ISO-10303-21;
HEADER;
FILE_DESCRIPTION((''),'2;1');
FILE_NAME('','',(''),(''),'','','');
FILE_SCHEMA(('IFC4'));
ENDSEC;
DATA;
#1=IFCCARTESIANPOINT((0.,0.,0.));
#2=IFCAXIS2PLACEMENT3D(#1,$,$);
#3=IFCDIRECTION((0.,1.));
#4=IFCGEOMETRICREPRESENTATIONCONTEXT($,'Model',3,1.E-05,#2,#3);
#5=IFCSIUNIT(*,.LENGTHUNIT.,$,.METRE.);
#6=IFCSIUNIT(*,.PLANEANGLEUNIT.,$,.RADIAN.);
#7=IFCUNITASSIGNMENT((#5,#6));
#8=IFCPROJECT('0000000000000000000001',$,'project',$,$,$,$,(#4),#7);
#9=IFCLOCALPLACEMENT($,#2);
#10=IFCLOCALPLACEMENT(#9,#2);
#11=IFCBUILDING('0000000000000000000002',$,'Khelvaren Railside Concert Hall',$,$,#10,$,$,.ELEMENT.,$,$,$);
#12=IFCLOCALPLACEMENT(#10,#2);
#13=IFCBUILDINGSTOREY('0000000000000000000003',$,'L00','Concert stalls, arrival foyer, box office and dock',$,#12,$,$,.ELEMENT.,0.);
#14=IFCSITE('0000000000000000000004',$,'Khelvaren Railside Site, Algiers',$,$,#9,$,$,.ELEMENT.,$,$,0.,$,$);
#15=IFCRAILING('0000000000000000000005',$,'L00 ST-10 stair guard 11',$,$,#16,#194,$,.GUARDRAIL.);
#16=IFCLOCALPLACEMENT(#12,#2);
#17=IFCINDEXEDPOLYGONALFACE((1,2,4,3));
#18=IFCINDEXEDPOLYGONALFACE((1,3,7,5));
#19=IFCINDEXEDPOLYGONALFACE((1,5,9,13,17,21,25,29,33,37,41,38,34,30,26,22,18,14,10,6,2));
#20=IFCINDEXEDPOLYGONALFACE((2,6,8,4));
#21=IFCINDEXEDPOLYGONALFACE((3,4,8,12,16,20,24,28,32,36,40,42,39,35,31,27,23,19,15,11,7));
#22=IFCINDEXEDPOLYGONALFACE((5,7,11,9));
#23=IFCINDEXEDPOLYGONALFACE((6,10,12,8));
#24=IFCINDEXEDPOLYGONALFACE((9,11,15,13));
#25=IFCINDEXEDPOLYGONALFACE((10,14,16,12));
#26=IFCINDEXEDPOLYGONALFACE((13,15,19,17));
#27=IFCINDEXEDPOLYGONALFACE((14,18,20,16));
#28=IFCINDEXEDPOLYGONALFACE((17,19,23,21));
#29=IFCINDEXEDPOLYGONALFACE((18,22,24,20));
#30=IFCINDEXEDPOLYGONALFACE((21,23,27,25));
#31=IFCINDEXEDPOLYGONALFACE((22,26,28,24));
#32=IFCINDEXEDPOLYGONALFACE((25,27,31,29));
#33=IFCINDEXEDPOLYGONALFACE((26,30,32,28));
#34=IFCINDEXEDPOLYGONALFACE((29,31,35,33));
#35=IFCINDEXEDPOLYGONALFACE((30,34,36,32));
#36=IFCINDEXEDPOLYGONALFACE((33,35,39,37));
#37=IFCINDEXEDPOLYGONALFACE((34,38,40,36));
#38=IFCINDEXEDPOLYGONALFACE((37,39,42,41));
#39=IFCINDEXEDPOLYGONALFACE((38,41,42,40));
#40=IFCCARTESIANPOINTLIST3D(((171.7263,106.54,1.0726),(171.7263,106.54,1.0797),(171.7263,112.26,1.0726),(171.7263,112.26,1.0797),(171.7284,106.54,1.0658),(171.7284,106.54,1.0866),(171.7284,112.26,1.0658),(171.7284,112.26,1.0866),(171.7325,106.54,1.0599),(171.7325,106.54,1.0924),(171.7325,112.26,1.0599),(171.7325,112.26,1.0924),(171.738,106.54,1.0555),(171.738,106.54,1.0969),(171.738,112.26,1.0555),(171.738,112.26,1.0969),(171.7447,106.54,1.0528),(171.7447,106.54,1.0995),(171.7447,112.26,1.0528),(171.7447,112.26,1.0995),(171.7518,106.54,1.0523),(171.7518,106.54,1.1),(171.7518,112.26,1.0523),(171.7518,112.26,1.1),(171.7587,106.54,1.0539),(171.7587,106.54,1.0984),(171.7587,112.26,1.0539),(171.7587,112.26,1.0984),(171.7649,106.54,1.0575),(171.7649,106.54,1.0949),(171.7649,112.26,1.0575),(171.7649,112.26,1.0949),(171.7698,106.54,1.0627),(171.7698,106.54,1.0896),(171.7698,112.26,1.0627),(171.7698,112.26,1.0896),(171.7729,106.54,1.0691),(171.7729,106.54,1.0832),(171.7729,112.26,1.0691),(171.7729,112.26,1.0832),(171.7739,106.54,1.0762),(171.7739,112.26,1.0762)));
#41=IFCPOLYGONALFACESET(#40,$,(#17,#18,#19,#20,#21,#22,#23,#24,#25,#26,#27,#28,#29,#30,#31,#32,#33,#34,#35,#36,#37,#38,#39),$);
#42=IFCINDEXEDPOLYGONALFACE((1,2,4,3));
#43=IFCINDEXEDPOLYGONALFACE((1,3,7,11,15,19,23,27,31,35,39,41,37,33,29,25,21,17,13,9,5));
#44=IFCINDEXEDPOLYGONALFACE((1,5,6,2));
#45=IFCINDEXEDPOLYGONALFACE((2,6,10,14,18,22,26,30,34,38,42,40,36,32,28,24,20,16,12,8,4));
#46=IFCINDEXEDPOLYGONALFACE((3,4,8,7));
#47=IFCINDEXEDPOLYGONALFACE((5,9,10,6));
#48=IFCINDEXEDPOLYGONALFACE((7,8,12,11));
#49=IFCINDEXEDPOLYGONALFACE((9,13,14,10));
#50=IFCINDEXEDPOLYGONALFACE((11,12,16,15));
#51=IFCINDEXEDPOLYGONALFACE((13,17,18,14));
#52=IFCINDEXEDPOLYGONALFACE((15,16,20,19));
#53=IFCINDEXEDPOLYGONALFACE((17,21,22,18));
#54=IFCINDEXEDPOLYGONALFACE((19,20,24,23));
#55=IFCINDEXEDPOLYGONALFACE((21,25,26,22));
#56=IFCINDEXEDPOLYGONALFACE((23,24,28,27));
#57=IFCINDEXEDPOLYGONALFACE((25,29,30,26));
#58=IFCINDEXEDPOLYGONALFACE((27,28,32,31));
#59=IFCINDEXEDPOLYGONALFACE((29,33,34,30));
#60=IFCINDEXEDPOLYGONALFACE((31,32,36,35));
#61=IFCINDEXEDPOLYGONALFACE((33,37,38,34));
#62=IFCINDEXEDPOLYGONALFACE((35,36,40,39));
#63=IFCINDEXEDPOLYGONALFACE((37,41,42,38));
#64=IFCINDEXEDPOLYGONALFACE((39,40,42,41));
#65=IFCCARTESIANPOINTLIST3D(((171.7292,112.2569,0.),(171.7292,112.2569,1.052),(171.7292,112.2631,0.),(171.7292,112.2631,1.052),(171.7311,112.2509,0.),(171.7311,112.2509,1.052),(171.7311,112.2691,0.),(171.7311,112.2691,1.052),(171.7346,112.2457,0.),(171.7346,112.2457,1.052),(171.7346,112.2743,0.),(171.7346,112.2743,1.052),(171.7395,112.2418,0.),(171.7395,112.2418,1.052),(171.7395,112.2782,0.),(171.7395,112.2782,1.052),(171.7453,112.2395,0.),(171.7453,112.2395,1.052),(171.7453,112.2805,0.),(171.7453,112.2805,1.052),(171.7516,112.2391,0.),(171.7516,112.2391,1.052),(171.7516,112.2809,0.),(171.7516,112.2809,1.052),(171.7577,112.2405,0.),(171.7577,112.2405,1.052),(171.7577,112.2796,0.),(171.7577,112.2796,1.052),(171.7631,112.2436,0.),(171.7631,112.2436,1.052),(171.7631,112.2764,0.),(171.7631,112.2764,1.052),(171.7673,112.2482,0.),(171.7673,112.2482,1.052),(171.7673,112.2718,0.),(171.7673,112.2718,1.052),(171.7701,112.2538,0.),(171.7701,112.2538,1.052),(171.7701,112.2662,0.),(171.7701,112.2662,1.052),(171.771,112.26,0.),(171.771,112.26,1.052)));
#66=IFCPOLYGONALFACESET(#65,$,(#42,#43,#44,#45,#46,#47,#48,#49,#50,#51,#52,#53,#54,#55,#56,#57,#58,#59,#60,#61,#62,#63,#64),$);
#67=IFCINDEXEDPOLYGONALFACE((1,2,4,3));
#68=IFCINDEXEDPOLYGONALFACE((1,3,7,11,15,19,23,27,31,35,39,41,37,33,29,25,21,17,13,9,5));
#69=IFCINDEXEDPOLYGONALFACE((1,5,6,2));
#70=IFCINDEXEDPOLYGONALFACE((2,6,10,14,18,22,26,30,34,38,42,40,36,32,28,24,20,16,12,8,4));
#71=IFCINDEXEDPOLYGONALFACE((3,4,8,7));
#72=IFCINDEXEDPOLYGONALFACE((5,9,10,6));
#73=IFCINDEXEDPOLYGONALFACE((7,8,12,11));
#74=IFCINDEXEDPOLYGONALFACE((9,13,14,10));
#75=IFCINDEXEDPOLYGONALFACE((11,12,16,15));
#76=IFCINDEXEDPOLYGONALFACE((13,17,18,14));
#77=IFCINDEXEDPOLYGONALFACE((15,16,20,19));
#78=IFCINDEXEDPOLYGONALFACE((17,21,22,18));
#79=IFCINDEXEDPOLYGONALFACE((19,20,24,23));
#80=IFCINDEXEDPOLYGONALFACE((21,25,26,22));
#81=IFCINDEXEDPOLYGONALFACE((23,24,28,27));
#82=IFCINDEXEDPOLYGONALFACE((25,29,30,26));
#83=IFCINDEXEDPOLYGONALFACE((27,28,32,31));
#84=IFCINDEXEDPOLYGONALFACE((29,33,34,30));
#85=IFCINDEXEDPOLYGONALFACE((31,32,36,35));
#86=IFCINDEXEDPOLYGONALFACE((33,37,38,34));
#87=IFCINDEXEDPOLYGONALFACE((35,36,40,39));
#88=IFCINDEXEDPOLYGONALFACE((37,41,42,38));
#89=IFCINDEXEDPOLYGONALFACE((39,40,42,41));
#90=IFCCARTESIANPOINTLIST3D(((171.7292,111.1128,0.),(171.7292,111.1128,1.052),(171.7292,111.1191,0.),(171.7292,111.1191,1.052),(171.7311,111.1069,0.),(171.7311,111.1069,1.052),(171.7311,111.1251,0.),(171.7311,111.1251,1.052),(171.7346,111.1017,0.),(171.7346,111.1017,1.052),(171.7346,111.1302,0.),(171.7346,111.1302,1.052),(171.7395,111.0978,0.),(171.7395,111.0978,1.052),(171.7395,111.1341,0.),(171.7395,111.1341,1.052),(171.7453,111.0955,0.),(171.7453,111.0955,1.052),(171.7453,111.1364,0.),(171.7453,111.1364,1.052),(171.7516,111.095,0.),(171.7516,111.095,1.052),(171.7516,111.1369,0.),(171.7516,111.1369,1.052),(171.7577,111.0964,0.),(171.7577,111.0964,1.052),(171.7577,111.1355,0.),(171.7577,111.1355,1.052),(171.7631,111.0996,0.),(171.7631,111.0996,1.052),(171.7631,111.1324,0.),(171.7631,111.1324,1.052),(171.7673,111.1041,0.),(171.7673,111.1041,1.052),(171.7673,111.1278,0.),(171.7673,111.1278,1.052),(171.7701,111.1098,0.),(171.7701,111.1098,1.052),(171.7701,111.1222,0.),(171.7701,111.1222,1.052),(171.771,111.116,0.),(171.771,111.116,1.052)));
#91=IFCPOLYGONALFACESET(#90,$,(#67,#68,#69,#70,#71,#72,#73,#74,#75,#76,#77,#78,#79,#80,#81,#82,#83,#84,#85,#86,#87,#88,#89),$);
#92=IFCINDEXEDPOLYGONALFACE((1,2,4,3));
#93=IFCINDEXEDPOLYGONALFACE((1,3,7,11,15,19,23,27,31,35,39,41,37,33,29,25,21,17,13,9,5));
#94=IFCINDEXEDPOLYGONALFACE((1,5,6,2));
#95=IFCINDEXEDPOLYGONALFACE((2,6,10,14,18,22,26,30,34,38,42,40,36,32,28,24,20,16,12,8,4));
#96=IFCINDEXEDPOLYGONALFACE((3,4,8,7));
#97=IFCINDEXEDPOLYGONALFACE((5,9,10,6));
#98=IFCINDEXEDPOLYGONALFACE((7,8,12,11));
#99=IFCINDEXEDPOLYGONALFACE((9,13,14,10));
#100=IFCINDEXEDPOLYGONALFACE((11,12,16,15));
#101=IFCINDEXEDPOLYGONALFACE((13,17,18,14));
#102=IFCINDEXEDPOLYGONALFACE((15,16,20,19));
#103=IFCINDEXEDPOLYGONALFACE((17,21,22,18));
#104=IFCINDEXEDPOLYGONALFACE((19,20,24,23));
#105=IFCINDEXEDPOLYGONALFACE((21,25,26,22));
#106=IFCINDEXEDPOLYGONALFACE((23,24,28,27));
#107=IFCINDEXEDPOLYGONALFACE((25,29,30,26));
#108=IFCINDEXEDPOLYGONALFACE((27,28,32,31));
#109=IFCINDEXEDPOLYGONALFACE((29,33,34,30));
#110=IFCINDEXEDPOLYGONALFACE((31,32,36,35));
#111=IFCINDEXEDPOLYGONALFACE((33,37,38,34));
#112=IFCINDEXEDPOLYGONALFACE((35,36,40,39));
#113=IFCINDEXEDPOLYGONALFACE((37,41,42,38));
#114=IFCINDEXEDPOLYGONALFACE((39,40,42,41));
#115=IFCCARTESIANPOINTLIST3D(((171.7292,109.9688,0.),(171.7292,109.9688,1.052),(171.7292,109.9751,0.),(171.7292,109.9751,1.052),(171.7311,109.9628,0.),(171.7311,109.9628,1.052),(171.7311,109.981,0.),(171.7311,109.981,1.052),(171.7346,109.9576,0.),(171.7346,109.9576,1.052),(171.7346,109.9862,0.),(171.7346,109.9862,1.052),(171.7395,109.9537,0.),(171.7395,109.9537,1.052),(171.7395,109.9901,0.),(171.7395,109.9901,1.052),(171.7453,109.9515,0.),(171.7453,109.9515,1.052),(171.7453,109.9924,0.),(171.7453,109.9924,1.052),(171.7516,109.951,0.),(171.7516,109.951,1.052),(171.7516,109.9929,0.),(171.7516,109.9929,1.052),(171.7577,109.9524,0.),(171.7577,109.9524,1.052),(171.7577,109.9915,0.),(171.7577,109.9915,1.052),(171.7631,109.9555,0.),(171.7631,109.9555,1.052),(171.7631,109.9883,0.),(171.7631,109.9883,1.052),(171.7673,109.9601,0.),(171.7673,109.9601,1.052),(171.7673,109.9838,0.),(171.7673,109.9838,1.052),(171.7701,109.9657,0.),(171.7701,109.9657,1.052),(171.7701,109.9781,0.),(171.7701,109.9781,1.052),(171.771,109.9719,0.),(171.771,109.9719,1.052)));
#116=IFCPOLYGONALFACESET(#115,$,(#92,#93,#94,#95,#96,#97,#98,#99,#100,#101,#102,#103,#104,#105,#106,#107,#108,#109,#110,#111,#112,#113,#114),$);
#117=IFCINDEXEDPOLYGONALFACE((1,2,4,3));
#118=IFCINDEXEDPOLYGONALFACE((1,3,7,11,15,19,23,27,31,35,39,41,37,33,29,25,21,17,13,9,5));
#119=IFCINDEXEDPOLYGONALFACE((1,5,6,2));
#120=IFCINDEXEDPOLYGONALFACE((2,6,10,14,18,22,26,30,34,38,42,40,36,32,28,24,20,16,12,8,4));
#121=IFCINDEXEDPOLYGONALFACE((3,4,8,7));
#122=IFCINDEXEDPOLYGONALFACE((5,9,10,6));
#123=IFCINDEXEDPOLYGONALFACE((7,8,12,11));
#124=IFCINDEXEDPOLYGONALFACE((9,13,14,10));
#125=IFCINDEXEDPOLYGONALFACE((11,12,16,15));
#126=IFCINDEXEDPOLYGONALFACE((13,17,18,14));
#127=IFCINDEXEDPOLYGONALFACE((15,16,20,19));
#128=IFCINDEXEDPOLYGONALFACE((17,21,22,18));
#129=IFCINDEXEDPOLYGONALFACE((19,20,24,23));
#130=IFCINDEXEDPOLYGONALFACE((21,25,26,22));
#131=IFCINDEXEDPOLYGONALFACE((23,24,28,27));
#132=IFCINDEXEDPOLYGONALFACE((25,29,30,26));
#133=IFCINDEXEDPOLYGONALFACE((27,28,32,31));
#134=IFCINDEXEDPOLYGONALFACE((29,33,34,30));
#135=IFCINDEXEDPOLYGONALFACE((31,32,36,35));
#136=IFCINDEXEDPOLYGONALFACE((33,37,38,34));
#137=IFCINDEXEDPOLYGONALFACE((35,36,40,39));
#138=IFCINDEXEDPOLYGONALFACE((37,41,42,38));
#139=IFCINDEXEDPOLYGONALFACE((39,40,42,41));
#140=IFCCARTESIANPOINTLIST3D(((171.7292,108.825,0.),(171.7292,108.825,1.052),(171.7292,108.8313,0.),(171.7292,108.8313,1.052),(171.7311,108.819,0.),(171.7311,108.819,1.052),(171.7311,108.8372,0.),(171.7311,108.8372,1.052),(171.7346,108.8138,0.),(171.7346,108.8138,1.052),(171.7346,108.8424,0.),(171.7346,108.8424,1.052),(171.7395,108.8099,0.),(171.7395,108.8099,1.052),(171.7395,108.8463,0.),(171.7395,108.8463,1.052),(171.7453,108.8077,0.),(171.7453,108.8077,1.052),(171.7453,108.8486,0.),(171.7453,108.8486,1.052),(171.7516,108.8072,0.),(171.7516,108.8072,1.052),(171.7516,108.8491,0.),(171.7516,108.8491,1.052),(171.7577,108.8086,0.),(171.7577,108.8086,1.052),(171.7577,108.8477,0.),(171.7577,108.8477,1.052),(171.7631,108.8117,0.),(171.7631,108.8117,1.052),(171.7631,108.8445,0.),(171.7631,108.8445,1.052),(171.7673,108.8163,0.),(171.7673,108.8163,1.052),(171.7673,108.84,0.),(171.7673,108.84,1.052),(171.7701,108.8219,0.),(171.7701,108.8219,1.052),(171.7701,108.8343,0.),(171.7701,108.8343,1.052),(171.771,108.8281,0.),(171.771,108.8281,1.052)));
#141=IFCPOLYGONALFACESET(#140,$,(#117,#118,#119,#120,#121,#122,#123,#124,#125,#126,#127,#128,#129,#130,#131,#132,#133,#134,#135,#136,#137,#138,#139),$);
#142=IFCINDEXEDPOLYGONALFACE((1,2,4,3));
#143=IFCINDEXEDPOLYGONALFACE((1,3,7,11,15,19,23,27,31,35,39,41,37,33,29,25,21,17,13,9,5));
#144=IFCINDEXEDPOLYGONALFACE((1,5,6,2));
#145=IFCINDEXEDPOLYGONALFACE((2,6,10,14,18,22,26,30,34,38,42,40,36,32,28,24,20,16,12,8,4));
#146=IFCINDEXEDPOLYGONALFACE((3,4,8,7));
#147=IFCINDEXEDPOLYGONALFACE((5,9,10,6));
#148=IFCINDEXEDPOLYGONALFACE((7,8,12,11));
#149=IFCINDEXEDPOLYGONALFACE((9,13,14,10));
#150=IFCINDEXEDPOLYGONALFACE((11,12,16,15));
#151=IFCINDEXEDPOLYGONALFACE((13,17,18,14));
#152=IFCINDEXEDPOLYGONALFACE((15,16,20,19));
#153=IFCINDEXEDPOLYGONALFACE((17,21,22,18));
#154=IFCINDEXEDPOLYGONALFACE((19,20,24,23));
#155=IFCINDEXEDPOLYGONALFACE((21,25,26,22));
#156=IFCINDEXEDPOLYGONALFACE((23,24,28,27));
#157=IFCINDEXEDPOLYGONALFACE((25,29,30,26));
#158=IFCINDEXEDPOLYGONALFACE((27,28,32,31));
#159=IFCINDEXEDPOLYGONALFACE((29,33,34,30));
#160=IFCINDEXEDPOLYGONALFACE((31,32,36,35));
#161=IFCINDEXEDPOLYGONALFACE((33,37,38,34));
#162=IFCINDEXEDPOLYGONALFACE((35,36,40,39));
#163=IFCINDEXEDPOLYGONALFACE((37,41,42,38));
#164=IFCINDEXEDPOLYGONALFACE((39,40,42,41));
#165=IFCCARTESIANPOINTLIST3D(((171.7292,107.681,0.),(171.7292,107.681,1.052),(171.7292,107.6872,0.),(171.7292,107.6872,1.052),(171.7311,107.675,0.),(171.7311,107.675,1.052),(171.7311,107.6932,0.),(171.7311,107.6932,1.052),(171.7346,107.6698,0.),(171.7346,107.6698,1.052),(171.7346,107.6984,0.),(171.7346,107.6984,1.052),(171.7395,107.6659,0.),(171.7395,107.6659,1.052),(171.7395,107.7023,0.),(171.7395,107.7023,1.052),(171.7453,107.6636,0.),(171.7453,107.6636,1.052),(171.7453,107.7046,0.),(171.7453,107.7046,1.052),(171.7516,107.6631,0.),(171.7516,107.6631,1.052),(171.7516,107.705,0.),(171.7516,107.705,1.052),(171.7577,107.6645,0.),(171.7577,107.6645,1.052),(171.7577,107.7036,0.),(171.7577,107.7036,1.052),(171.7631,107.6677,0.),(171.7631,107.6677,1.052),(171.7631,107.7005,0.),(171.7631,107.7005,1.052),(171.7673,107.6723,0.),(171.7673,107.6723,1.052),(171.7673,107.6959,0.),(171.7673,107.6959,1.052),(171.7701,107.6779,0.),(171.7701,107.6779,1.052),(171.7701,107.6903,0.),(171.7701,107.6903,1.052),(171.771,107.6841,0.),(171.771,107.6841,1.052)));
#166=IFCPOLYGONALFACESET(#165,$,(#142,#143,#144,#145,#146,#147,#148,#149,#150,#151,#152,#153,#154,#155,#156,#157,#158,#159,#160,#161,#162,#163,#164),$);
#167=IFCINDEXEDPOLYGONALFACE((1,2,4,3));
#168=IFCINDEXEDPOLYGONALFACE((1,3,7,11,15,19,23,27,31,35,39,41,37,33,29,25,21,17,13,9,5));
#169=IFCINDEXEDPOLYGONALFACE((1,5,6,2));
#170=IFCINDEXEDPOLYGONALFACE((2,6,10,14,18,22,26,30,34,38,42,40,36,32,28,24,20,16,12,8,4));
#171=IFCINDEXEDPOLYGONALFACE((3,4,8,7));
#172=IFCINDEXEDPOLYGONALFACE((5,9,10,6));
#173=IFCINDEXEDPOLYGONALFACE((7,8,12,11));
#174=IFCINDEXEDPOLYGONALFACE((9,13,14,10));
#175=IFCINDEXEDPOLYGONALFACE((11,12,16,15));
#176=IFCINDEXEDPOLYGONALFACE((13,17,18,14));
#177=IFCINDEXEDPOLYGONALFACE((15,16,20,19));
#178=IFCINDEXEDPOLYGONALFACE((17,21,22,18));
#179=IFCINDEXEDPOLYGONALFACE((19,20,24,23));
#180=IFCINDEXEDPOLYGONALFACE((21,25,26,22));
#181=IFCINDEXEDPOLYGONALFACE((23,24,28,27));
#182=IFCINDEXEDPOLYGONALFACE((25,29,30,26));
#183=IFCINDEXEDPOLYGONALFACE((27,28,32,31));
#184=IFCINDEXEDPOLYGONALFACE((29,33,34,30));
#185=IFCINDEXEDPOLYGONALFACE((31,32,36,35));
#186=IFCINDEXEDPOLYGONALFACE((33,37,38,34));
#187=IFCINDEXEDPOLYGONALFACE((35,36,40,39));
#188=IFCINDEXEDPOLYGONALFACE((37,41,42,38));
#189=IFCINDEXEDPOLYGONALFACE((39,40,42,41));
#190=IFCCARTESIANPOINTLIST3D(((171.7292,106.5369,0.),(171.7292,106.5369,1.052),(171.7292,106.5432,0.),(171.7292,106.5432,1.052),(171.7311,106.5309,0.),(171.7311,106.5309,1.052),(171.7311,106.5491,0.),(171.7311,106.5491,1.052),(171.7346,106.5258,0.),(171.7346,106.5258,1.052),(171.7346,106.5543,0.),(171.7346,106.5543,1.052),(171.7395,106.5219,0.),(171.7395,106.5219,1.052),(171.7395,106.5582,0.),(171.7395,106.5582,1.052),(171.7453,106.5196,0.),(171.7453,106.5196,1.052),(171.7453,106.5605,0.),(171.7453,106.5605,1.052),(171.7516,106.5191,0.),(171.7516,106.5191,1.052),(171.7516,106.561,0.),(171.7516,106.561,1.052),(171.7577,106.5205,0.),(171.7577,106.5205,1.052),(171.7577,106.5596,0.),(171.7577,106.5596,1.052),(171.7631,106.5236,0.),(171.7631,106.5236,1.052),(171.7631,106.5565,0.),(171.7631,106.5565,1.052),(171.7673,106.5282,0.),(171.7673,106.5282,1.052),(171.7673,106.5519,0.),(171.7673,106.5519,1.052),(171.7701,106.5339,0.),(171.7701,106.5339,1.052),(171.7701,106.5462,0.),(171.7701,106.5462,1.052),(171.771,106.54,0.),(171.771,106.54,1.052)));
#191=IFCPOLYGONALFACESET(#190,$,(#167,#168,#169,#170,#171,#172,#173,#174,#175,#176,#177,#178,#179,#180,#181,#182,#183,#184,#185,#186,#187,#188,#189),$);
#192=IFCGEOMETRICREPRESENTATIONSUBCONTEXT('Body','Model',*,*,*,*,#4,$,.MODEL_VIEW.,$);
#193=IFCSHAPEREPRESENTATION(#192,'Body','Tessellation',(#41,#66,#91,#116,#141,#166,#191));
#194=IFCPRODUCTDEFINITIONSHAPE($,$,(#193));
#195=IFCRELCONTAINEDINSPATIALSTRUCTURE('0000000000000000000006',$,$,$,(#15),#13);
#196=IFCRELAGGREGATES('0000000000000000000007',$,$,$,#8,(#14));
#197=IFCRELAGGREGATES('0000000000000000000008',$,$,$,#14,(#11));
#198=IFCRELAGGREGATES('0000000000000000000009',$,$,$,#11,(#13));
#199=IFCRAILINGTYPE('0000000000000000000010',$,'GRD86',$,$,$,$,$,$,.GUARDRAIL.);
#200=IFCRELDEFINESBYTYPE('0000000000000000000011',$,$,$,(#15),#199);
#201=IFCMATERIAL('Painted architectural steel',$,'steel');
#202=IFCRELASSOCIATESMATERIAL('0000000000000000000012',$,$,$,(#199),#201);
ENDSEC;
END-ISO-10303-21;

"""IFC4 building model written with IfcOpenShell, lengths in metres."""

from ifc_helpers import new_model, si_unit, direction, frame, origin, origin_2d, place, context, subcontext, project, spatial, circle, extrude, material, type_object, element, save


model = new_model("IFC4")

# Units and contexts
model_context = context("Model", 3, precision=1e-05, world=origin(), true_north=direction((0.0, 1.0)))
body_context = subcontext(model_context, "Body", "Model", "MODEL_VIEW")
ifc_project = project(units=[si_unit("LENGTHUNIT", "METRE"), si_unit("PLANEANGLEUNIT", "RADIAN")], contexts=[model_context])

# Site, building, storey
site_placement = place(None, origin())
site = spatial("IfcSite", under=ifc_project, at=site_placement, Name="Khelvaren Railside Site, Algiers", CompositionType="ELEMENT", RefElevation=0.0)
building_placement = place(site_placement, origin())
building = spatial("IfcBuilding", under=site, at=building_placement, Name="Khelvaren Railside Concert Hall", CompositionType="ELEMENT")
storey_placement = place(building_placement, origin())
storey = spatial("IfcBuildingStorey", under=building, at=storey_placement, Name="L00", Description="Concert stalls, arrival foyer, box office and dock", CompositionType="ELEMENT", Elevation=0.0)

# Railing
ifc_material_1 = material(Name="Painted architectural steel", Category="steel")
railing_type_1 = type_object("IfcRailingType", Name="GRD86", PredefinedType="GUARDRAIL", material=ifc_material_1)
railing_1_placement = place(storey_placement, frame((171.75, 112.26, 0.0)))
element("IfcRailing", 1, at=railing_1_placement, inside=storey, type_object=railing_type_1, Name="L00 ST-10 stair guard 11", PredefinedType="GUARDRAIL", context=body_context, shape_type="SweptSolid", body=[
    extrude(circle(Radius=0.0239, at=origin_2d()), frame((0.0, 0.0, 1.0762), z_axis=(0.0, -1.0, 0.0), x_axis=(1.0, 0.0, 0.0)), (0.0, 0.0, 1.0), 5.72),
    extrude(circle(Radius=0.021, at=origin_2d()), origin(), (0.0, 0.0, 1.0), 1.052),
    extrude(circle(Radius=0.021, at=origin_2d()), frame((0.0, -1.144, 0.0)), (0.0, 0.0, 1.0), 1.052),
    extrude(circle(Radius=0.021, at=origin_2d()), frame((0.0, -2.2881, 0.0)), (0.0, 0.0, 1.0), 1.052),
    extrude(circle(Radius=0.021, at=origin_2d()), frame((0.0, -3.4319, 0.0)), (0.0, 0.0, 1.0), 1.052),
    extrude(circle(Radius=0.021, at=origin_2d()), frame((0.0, -4.5759, 0.0)), (0.0, 0.0, 1.0), 1.052),
    extrude(circle(Radius=0.021, at=origin_2d()), frame((0.0, -5.72, 0.0)), (0.0, 0.0, 1.0), 1.052),
])

save(model, "model.ifc")
